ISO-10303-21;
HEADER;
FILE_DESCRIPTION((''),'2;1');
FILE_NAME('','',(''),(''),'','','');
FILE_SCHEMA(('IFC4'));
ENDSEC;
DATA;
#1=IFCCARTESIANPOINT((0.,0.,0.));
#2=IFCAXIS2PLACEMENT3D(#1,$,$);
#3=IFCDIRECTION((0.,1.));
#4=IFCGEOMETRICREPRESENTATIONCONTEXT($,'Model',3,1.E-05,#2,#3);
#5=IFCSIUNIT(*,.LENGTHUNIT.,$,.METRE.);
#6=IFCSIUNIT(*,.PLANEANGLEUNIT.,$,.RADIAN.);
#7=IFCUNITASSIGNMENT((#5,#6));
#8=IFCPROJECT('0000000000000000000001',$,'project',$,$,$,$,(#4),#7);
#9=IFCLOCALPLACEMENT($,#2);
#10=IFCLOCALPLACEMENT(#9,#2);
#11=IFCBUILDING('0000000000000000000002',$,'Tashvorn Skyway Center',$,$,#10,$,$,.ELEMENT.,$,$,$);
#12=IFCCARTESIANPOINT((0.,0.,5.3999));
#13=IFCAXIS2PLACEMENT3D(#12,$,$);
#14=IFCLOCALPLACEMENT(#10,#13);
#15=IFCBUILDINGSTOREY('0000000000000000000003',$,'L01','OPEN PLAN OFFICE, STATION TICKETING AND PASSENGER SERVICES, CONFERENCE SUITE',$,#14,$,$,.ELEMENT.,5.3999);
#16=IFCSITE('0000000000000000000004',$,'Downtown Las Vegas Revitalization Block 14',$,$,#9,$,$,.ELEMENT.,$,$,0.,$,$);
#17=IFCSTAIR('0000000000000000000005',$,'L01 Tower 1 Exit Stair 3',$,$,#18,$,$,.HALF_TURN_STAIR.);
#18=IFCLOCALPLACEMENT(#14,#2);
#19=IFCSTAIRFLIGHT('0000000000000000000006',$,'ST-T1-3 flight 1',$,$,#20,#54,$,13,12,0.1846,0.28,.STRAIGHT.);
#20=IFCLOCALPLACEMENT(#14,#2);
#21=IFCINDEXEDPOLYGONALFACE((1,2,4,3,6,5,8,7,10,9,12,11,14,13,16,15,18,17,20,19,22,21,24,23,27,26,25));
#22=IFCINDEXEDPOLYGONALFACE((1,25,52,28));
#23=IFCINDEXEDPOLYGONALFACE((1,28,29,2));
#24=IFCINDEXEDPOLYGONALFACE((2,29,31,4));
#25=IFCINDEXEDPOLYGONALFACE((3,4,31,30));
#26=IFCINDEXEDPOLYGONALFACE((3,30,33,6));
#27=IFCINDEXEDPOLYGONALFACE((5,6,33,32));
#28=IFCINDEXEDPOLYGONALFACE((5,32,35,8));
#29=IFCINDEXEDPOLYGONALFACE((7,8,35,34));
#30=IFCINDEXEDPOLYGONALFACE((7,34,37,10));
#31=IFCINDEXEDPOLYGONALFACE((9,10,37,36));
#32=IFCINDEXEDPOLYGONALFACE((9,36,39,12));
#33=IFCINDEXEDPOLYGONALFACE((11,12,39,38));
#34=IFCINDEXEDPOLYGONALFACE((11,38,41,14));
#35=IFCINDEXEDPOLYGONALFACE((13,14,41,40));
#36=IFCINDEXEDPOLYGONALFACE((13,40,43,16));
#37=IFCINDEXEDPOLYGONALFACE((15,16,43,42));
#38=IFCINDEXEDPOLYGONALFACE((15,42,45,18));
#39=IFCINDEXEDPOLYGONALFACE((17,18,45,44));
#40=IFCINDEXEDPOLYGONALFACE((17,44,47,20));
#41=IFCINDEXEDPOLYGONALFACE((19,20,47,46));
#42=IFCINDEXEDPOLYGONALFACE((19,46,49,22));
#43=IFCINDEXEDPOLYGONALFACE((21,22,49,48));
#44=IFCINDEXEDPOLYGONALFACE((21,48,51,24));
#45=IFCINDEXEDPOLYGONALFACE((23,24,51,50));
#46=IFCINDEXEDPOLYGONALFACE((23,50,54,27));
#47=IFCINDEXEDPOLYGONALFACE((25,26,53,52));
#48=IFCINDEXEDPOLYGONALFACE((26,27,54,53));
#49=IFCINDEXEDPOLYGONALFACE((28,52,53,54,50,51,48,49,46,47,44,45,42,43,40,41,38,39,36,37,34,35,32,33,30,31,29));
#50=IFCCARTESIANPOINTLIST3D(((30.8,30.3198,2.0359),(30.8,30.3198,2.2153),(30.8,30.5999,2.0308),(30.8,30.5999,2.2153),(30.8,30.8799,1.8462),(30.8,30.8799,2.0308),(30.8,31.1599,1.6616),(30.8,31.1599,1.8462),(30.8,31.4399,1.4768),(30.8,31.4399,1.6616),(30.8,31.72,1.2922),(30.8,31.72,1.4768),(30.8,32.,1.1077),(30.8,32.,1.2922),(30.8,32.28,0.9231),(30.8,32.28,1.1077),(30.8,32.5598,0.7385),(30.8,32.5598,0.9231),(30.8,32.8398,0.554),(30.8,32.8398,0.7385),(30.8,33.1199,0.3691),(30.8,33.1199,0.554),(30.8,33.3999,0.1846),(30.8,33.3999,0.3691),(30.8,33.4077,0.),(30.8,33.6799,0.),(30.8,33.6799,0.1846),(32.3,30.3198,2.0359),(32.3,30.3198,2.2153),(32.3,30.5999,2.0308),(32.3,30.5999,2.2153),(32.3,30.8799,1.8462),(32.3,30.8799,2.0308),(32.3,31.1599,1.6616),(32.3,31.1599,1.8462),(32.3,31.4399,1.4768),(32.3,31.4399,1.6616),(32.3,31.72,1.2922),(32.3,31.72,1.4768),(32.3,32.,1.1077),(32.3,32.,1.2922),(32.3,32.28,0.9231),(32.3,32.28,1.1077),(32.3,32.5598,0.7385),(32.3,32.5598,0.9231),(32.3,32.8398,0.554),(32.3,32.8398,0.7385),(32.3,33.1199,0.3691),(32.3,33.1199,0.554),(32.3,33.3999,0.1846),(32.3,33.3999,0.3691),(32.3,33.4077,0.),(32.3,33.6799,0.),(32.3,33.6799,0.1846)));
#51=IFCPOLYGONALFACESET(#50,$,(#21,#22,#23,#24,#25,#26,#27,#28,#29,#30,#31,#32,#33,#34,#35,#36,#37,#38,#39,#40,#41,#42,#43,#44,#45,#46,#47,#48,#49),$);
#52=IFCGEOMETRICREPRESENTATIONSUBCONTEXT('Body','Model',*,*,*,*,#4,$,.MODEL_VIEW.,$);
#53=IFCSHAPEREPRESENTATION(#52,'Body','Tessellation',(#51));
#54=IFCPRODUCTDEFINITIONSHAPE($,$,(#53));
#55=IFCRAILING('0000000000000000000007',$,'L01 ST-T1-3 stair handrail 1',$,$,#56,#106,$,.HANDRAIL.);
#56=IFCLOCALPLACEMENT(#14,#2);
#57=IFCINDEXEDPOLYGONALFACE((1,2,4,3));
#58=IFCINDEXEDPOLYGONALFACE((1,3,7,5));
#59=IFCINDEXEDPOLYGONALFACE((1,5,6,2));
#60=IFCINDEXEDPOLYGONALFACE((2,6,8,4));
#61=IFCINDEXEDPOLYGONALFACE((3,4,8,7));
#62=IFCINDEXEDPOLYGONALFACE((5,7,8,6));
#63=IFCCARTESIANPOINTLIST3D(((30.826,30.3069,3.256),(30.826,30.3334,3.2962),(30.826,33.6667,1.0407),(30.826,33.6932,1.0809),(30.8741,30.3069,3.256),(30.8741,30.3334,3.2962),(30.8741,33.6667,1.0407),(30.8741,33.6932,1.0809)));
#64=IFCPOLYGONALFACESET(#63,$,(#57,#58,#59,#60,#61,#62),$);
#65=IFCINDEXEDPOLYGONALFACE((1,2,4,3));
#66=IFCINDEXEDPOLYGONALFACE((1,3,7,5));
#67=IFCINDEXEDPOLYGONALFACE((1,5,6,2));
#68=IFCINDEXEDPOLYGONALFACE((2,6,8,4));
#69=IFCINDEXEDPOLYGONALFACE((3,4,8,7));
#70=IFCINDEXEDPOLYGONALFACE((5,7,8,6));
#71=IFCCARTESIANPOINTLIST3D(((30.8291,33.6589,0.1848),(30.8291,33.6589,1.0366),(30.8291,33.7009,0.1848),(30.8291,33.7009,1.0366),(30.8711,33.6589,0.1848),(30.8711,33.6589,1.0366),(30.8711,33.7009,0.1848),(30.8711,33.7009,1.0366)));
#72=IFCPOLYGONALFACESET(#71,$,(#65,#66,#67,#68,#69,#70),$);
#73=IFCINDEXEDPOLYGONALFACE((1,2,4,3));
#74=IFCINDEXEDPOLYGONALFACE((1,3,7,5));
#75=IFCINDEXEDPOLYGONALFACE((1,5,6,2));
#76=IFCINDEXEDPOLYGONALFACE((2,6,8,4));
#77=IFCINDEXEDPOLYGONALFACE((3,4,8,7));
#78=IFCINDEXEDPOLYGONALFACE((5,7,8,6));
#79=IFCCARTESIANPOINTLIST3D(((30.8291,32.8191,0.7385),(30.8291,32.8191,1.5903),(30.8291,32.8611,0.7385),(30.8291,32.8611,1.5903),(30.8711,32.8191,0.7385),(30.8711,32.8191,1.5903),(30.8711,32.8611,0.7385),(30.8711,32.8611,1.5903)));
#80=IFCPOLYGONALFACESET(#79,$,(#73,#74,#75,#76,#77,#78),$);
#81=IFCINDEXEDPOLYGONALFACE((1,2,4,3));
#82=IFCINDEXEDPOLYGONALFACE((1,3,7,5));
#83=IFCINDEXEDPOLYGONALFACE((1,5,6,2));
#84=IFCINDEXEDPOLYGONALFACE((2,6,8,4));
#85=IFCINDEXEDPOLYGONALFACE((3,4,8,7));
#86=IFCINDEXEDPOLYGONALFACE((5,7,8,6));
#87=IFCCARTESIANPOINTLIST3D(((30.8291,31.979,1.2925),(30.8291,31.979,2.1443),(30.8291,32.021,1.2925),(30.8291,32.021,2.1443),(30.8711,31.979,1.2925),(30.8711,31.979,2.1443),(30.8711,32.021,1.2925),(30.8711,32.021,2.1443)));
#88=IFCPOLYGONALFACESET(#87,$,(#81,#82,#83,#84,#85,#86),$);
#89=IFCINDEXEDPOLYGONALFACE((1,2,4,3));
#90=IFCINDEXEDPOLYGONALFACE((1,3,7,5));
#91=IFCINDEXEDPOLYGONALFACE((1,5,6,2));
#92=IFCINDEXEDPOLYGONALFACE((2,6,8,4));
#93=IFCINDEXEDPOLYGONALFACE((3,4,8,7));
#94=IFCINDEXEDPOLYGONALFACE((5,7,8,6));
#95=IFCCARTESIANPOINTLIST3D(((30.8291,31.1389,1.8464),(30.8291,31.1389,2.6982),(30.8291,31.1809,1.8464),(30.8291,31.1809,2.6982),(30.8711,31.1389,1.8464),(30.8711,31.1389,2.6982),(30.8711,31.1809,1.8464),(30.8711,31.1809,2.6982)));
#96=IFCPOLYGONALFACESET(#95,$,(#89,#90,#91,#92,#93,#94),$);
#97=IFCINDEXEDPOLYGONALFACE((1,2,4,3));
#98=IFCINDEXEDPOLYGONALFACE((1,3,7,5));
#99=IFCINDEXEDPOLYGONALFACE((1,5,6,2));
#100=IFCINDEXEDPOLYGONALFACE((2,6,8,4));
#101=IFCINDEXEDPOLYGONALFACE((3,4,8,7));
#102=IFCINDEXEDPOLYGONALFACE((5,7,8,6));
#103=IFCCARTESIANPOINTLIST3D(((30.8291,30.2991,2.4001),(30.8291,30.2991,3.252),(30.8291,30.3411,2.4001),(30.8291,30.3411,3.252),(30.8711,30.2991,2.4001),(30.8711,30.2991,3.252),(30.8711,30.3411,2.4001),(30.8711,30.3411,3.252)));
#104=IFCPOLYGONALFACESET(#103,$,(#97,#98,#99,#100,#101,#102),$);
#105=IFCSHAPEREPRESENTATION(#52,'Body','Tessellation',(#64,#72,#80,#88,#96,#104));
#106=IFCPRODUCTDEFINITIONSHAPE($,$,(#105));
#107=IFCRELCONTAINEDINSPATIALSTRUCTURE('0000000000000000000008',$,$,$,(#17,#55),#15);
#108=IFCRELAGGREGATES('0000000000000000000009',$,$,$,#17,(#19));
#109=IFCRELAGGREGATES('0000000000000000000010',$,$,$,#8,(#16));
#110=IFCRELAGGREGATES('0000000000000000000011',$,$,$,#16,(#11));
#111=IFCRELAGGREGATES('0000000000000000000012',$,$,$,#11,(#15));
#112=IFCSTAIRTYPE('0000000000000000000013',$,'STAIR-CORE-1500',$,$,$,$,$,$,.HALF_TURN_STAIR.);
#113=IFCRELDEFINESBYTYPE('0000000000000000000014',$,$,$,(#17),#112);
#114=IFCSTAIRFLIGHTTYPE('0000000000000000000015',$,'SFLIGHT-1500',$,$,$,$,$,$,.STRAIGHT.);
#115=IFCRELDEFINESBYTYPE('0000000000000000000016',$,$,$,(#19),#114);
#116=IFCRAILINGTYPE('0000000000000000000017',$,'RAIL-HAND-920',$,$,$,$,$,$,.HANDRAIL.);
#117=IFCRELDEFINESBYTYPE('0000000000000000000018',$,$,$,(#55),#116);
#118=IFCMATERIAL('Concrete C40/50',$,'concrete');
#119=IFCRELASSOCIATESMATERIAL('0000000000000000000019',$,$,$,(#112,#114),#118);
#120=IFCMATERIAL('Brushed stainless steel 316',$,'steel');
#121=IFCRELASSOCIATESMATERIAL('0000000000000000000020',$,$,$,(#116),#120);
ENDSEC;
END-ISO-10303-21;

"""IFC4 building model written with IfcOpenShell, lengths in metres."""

from ifc_helpers import new_model, si_unit, direction, frame, origin, origin_2d, place, context, subcontext, project, spatial, polyline, rectangle, outline, extrude, material, type_object, element, aggregate, save


model = new_model("IFC4")

# Units and contexts
model_context = context("Model", 3, precision=1e-05, world=origin(), true_north=direction((0.0, 1.0)))
body_context = subcontext(model_context, "Body", "Model", "MODEL_VIEW")
ifc_project = project(units=[si_unit("LENGTHUNIT", "METRE"), si_unit("PLANEANGLEUNIT", "RADIAN")], contexts=[model_context])

# Site, building, storey
site_placement = place(None, origin())
site = spatial("IfcSite", under=ifc_project, at=site_placement, Name="Downtown Las Vegas Revitalization Block 14", CompositionType="ELEMENT", RefElevation=0.0)
building_placement = place(site_placement, origin())
building = spatial("IfcBuilding", under=site, at=building_placement, Name="Tashvorn Skyway Center", CompositionType="ELEMENT")
storey_placement = place(building_placement, frame((0.0, 0.0, 5.3999)))
storey = spatial("IfcBuildingStorey", under=building, at=storey_placement, Name="L01", Description="OPEN PLAN OFFICE, STATION TICKETING AND PASSENGER SERVICES, CONFERENCE SUITE", CompositionType="ELEMENT", Elevation=5.3999)

# Shared definitions
ifc_material_1 = material(Name="Concrete C40/50", Category="concrete")

# Stair, stair flight
stair_type = type_object("IfcStairType", Name="STAIR-CORE-1500", PredefinedType="HALF_TURN_STAIR", material=ifc_material_1)
stair_placement = place(storey_placement, origin())
stair = element("IfcStair", 1, at=stair_placement, inside=storey, type_object=stair_type, Name="L01 Tower 1 Exit Stair 3", PredefinedType="HALF_TURN_STAIR")
stair_flight_type = type_object("IfcStairFlightType", Name="SFLIGHT-1500", PredefinedType="STRAIGHT", material=ifc_material_1)
stair_flight_placement = place(storey_placement, frame((31.55, 33.6799, 0.0), z_axis=(0.0, 0.0, 1.0), x_axis=(0.0, -1.0, 0.0)))
stair_flight = element("IfcStairFlight", 2, at=stair_flight_placement, type_object=stair_flight_type, Name="ST-T1-3 flight 1", NumberOfRisers=13, NumberOfTreads=12, PredefinedType="STRAIGHT", RiserHeight=0.1846, TreadLength=0.28, context=body_context, shape_type="SweptSolid", body=[
    extrude(outline(polyline([(0.0, 0.0), (0.0, 0.1846), (0.28, 0.1846), (0.28, 0.3691), (0.5601, 0.3691), (0.5601, 0.554), (0.8401, 0.554), (0.8401, 0.7385), (1.1201, 0.7385), (1.1201, 0.9231), (1.3999, 0.9231), (1.3999, 1.1077), (1.6799, 1.1077), (1.6799, 1.2922), (1.96, 1.2922), (1.96, 1.4768), (2.24, 1.4768), (2.24, 1.6616), (2.52, 1.6616), (2.52, 1.8462), (2.8, 1.8462), (2.8, 2.0308), (3.0801, 2.0308), (3.0801, 2.2153), (3.3601, 2.2153), (3.3601, 2.3999), (3.3601, 2.0359), (0.2722, 0.0), (0.0, 0.0)])), frame((0.0, 0.75, 0.0), z_axis=(0.0, -1.0, 0.0), x_axis=(1.0, 0.0, 0.0)), (0.0, 0.0, 1.0), 1.5),
])
aggregate(stair, [stair_flight])

# Railing
ifc_material_2 = material(Name="Brushed stainless steel 316", Category="steel")
railing_type = type_object("IfcRailingType", Name="RAIL-HAND-920", PredefinedType="HANDRAIL", material=ifc_material_2)
railing_placement = place(storey_placement, frame((30.8501, 33.6799, 0.1848)))
element("IfcRailing", 3, at=railing_placement, inside=storey, type_object=railing_type, Name="L01 ST-T1-3 stair handrail 1", PredefinedType="HANDRAIL", context=body_context, shape_type="SweptSolid", body=[
    extrude(rectangle(XDim=0.0481, YDim=0.0481, at=origin_2d()), frame((0.0, 0.0, 0.876), z_axis=(0.0, -0.834858, 0.550465), x_axis=(1.0, 0.0, 0.0)), (0.0, 0.0, 1.0), 4.0244),
    extrude(rectangle(XDim=0.042, YDim=0.042, at=origin_2d()), origin(), (0.0, 0.0, 1.0), 0.8518),
    extrude(rectangle(XDim=0.042, YDim=0.042, at=origin_2d()), frame((0.0, -0.8398, 0.5537)), (0.0, 0.0, 1.0), 0.8518),
    extrude(rectangle(XDim=0.042, YDim=0.042, at=origin_2d()), frame((0.0, -1.6799, 1.1077)), (0.0, 0.0, 1.0), 0.8518),
    extrude(rectangle(XDim=0.042, YDim=0.042, at=origin_2d()), frame((0.0, -2.52, 1.6616)), (0.0, 0.0, 1.0), 0.8518),
    extrude(rectangle(XDim=0.042, YDim=0.042, at=origin_2d()), frame((0.0, -3.3599, 2.2153)), (0.0, 0.0, 1.0), 0.8518),
])

save(model, "model.ifc")
